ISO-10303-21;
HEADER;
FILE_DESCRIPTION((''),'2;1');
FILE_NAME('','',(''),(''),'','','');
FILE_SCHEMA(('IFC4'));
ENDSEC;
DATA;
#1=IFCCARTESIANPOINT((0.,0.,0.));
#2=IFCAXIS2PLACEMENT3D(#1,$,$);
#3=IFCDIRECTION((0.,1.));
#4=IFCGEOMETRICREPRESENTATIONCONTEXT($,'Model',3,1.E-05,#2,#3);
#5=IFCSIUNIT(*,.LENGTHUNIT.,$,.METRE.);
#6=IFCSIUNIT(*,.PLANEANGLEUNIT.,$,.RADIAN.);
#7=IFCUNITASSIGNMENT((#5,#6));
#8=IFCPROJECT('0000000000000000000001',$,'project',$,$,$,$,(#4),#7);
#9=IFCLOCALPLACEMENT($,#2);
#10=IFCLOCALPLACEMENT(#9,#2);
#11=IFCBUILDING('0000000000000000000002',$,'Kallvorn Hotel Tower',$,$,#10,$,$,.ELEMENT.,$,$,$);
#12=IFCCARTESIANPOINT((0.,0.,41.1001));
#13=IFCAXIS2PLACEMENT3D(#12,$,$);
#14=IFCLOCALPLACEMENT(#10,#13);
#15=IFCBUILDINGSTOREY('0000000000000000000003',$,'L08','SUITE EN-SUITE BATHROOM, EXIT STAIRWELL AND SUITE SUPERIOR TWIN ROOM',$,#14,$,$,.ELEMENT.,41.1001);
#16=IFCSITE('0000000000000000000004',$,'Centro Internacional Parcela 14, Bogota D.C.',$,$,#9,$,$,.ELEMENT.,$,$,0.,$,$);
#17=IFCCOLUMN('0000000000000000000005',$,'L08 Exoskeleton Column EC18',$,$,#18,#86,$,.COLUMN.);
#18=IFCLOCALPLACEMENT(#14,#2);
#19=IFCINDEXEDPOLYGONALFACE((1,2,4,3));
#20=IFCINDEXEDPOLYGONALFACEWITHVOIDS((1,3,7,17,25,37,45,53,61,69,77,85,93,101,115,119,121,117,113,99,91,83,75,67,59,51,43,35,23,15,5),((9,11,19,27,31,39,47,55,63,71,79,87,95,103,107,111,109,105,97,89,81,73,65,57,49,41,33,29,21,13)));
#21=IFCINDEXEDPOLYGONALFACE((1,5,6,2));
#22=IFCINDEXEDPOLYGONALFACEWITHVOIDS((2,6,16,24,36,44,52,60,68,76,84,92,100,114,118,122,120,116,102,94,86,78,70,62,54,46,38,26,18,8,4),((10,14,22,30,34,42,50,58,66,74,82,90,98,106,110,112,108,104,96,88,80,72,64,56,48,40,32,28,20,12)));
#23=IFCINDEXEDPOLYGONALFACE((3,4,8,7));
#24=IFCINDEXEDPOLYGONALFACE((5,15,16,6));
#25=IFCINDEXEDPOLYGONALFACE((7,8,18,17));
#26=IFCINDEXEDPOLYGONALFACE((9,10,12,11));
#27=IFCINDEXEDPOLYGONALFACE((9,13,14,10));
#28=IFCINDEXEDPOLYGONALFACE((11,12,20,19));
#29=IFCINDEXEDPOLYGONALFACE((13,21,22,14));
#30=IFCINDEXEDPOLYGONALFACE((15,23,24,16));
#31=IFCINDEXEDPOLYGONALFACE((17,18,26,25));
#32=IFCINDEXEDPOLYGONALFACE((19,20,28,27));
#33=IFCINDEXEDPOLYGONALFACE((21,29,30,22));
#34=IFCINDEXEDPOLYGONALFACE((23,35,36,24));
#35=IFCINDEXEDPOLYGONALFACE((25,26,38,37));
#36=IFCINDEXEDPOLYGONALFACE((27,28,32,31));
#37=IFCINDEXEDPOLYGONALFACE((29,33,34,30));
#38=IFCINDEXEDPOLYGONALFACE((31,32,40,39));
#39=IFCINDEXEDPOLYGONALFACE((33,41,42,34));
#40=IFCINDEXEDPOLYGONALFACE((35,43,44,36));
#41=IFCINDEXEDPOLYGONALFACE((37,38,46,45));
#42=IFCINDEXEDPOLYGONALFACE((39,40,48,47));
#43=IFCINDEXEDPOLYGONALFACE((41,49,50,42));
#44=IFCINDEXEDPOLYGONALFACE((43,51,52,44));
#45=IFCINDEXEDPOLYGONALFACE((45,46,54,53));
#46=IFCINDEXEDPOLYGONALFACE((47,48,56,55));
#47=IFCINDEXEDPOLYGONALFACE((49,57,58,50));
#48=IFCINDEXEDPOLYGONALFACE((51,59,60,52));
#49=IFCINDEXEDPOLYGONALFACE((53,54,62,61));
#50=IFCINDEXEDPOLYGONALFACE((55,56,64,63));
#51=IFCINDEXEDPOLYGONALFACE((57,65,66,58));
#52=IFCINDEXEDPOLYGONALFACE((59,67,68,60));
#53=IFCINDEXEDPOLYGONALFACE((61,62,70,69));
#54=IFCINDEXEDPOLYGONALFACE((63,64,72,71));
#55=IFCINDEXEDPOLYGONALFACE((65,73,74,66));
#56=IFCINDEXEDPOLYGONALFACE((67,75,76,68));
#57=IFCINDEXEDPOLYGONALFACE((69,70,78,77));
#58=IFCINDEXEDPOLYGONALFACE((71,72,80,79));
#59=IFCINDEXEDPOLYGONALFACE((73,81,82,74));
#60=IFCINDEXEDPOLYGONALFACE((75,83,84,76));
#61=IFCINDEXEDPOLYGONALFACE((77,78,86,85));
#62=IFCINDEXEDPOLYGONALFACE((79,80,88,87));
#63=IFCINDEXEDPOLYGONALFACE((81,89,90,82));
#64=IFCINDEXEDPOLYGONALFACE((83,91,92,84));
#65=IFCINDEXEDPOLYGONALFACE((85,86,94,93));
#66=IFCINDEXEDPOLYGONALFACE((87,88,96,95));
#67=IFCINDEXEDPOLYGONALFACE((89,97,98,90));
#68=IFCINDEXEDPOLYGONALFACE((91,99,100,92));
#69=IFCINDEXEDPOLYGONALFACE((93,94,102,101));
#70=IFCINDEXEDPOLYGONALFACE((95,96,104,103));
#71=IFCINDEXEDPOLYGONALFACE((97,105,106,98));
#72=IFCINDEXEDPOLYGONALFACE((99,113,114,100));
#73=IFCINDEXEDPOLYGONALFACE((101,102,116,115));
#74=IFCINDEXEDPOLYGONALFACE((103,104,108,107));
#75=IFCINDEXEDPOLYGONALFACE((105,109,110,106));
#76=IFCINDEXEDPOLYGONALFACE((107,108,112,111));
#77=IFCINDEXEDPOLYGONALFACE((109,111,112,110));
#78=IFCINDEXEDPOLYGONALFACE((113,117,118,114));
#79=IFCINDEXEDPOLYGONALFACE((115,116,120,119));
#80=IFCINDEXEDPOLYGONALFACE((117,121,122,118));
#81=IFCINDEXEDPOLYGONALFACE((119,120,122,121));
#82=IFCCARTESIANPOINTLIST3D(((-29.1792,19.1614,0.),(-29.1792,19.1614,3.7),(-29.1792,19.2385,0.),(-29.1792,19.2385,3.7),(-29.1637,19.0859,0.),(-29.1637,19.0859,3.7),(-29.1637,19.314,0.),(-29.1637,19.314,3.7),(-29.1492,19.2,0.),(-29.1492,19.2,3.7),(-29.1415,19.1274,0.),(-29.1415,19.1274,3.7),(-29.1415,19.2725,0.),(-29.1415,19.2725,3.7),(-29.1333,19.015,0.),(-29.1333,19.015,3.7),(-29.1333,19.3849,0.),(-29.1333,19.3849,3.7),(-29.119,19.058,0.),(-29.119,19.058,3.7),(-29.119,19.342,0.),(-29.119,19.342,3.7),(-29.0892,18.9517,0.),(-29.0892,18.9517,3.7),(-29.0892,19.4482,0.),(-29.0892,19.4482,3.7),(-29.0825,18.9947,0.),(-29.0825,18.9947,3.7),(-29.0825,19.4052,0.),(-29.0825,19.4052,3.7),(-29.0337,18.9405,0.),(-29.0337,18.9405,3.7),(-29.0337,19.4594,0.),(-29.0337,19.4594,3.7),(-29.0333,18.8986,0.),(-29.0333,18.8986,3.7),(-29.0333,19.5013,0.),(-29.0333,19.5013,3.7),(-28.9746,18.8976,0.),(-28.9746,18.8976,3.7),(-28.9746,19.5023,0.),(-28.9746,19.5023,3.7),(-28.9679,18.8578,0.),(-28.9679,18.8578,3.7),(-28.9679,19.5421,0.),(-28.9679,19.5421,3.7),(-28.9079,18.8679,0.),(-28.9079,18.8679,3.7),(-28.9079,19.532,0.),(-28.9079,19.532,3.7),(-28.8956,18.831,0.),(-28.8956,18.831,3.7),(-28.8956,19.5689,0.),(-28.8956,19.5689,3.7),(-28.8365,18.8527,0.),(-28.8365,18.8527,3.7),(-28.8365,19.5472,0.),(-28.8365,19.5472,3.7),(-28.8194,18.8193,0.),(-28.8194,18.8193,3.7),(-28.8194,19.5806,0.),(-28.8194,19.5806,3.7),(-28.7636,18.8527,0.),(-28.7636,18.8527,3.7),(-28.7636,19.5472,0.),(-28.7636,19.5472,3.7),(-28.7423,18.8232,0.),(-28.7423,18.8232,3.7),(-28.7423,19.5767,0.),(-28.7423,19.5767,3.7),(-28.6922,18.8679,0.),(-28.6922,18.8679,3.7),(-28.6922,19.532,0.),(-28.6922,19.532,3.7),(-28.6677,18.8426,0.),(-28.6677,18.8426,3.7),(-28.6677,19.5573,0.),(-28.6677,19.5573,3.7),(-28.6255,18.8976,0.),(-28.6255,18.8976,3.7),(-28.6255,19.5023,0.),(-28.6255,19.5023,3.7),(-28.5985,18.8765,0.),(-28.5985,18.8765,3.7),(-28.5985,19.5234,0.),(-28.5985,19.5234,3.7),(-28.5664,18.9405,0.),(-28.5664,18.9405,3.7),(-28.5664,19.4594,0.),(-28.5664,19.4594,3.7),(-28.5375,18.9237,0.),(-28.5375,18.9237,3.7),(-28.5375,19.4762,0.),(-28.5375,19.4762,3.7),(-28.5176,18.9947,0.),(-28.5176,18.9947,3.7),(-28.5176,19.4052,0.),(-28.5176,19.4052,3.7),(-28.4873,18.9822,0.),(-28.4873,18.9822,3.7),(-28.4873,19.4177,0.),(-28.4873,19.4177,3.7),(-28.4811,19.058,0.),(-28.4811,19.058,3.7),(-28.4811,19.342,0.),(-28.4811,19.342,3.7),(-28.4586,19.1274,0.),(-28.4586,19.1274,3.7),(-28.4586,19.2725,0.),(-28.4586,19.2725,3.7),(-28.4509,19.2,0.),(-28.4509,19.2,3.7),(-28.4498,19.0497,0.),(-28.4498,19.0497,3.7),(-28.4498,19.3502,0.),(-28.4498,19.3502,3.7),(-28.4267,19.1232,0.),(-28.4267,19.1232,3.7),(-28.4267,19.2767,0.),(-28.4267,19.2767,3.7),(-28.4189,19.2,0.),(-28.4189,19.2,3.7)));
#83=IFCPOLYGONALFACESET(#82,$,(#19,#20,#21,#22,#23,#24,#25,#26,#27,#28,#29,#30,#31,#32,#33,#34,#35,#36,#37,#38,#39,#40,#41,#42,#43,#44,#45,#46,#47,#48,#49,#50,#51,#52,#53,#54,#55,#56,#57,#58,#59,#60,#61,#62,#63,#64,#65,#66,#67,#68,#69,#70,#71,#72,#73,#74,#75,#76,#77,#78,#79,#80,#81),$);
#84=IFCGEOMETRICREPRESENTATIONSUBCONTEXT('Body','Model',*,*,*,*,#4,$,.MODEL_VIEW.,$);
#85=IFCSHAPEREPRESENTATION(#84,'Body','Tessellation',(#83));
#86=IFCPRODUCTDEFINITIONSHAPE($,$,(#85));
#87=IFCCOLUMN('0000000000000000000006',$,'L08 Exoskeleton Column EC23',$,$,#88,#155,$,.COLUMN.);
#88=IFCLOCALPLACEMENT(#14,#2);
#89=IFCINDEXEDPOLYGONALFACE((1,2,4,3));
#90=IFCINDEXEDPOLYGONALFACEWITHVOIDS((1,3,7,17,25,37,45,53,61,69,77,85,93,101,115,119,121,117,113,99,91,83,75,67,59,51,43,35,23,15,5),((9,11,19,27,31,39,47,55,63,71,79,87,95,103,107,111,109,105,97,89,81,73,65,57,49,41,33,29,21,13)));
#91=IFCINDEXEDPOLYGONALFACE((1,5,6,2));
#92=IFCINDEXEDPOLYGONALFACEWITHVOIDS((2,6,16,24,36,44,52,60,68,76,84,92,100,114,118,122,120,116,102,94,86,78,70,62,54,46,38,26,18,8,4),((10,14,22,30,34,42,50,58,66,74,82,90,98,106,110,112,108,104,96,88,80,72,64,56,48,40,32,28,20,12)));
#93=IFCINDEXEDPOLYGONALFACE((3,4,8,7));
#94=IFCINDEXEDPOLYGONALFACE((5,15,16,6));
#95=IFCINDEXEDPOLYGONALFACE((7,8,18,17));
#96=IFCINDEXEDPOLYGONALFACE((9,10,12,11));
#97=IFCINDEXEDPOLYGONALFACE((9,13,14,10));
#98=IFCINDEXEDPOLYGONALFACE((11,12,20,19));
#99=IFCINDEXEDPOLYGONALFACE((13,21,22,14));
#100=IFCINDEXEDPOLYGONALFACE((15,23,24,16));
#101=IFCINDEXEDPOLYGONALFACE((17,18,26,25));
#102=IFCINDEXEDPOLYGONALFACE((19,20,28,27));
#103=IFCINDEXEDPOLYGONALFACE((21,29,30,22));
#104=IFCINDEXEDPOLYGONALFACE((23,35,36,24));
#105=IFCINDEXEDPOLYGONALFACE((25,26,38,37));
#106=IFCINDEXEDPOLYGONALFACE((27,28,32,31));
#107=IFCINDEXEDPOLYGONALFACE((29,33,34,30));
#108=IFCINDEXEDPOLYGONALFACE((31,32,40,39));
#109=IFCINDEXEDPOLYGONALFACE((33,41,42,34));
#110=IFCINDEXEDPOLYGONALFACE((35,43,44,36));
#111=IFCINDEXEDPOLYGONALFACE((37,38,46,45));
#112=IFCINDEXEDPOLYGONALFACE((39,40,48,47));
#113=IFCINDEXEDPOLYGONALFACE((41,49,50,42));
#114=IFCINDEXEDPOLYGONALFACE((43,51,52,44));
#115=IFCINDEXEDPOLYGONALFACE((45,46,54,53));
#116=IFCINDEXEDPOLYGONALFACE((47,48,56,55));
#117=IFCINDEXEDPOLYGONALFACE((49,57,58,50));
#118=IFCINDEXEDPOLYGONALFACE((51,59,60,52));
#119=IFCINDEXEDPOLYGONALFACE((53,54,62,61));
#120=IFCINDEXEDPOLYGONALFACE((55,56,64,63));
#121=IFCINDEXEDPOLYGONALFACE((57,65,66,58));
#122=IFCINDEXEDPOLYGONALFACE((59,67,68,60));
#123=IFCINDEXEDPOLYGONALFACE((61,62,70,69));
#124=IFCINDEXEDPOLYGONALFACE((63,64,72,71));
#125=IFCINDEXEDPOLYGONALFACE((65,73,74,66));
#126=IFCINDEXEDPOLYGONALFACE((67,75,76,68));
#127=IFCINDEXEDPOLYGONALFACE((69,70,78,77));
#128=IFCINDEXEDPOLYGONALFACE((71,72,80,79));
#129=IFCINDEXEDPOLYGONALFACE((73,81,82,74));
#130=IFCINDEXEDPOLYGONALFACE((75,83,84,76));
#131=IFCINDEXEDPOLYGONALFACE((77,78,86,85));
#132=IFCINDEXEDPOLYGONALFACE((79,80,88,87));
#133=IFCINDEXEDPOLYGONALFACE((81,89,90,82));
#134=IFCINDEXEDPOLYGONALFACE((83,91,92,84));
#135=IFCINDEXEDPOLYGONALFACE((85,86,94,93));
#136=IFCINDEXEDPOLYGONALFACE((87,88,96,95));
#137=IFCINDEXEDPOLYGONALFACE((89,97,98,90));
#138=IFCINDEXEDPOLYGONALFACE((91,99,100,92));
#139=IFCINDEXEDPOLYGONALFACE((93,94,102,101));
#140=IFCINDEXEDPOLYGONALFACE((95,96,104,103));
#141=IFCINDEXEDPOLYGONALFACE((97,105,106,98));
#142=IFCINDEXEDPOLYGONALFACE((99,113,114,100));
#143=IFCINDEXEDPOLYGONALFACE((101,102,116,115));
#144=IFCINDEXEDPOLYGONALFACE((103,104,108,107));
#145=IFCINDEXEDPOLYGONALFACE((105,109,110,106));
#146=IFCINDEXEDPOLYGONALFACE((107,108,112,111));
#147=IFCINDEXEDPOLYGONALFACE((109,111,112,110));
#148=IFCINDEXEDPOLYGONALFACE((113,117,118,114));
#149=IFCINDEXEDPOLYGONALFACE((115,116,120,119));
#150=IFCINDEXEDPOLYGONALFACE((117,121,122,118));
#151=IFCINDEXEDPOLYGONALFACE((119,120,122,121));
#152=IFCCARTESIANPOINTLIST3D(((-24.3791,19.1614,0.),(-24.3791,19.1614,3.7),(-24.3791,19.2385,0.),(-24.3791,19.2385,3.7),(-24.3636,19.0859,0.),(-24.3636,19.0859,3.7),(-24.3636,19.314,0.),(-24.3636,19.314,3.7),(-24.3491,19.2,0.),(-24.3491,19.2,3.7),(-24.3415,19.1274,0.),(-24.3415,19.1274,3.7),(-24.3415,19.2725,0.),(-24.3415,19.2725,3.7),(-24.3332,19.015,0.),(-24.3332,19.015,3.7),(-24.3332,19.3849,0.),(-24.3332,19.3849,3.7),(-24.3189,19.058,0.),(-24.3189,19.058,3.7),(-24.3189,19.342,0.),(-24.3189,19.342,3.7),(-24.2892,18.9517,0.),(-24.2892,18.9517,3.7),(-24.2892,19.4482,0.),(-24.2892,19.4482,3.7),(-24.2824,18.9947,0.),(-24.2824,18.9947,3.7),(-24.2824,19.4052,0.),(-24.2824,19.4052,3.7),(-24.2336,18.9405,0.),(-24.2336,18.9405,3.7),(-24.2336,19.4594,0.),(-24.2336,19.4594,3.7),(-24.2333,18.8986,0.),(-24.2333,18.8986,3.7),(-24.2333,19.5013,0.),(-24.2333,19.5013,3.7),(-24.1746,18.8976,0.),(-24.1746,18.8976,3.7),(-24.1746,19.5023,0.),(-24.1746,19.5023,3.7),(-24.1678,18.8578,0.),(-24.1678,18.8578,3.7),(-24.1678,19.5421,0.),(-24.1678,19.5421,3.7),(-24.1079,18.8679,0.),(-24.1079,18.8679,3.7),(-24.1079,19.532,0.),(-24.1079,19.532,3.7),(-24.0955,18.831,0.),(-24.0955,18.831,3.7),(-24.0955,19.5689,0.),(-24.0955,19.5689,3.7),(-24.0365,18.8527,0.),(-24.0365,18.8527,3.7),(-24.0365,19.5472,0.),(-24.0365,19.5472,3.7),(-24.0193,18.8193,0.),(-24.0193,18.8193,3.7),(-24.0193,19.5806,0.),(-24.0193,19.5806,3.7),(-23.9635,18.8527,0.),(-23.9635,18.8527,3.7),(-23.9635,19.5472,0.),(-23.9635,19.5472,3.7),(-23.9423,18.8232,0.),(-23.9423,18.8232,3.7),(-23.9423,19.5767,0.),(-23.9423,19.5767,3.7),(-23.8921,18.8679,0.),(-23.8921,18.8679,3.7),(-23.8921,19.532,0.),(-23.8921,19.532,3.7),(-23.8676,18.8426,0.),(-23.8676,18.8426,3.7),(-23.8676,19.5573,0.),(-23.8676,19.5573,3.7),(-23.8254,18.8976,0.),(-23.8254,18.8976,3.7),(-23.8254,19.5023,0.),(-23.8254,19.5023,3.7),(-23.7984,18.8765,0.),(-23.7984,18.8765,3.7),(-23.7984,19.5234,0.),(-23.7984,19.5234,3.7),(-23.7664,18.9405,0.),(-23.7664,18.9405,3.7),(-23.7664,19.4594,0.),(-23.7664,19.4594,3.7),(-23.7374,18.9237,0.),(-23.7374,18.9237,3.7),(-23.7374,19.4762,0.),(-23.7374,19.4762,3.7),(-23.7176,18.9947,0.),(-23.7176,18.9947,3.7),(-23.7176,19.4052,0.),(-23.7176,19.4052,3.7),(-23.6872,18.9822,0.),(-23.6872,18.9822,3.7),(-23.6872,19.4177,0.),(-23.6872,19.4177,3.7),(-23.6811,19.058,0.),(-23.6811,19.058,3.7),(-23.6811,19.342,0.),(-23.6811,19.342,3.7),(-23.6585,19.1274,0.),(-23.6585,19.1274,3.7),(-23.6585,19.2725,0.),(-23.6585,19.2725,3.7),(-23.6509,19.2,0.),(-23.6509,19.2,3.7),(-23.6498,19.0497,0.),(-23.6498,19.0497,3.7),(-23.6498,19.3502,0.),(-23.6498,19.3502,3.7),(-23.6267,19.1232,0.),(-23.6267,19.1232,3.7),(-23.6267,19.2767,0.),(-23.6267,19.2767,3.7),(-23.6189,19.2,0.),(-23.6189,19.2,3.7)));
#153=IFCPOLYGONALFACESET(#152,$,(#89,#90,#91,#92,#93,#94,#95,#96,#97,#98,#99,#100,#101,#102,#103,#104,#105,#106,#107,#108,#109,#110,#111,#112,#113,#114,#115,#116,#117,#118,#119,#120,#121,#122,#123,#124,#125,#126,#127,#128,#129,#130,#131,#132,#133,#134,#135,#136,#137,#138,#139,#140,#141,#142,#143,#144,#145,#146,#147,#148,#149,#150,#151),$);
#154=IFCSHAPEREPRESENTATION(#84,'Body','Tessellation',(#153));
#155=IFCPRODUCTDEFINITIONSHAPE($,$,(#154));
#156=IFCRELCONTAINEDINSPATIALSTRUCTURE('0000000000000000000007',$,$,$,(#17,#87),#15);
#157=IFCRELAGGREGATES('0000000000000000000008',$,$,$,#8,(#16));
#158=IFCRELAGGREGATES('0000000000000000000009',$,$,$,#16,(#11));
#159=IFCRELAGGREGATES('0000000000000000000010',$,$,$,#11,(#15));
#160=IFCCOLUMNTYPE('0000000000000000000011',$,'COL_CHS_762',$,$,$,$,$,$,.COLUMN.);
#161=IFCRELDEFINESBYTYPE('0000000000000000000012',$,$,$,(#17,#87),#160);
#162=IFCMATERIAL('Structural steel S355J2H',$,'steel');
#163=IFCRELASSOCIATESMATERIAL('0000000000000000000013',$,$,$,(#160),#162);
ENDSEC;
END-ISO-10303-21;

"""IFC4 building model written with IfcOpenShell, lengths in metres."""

from ifc_helpers import new_model, si_unit, direction, frame, origin, origin_2d, place, context, subcontext, project, spatial, hollow_circle, extrude, material, material_profile, profile_set, type_object, element, save


model = new_model("IFC4")

# Units and contexts
model_context = context("Model", 3, precision=1e-05, world=origin(), true_north=direction((0.0, 1.0)))
body_context = subcontext(model_context, "Body", "Model", "MODEL_VIEW")
ifc_project = project(units=[si_unit("LENGTHUNIT", "METRE"), si_unit("PLANEANGLEUNIT", "RADIAN")], contexts=[model_context])

# Site, building, storey
site_placement = place(None, origin())
site = spatial("IfcSite", under=ifc_project, at=site_placement, Name="Centro Internacional Parcela 14, Bogota D.C.", CompositionType="ELEMENT", RefElevation=0.0)
building_placement = place(site_placement, origin())
building = spatial("IfcBuilding", under=site, at=building_placement, Name="Kallvorn Hotel Tower", CompositionType="ELEMENT")
storey_placement = place(building_placement, frame((0.0, 0.0, 41.1001)))
storey = spatial("IfcBuildingStorey", under=building, at=storey_placement, Name="L08", Description="SUITE EN-SUITE BATHROOM, EXIT STAIRWELL AND SUITE SUPERIOR TWIN ROOM", CompositionType="ELEMENT", Elevation=41.1001)

# Columns
ifc_material_1 = material(Name="Structural steel S355J2H", Category="steel")
ifc_material_profile_1 = material_profile(ifc_material_1, hollow_circle(Radius=0.3811, WallThickness=0.032, at=origin_2d()), Name="CHS 762x32")
ifc_profile_set_1 = profile_set([ifc_material_profile_1], Name="Structural steel S355J2H")
column_type_1 = type_object("IfcColumnType", Name="COL_CHS_762", PredefinedType="COLUMN", material=ifc_profile_set_1)
for number, where, z_axis, x_axis, name in (
    (1, (-28.8, 19.2, 0.0), (0.0, 0.0, 1.0), (1.0, 0.0, 0.0), "L08 Exoskeleton Column EC18"),
    (2, (-24.0, 19.2, 0.0), (0.0, 0.0, 1.0), (1.0, 0.0, 0.0), "L08 Exoskeleton Column EC23"),
):
    element("IfcColumn", number, at=place(storey_placement, frame(where, z_axis=z_axis, x_axis=x_axis)), inside=storey, type_object=column_type_1, Name=name, PredefinedType="COLUMN", context=body_context, shape_type="SweptSolid", body=[
        extrude(hollow_circle(Radius=0.3811, WallThickness=0.032, at=origin_2d()), origin(), (0.0, 0.0, 1.0), 3.7),
    ])

save(model, "model.ifc")
